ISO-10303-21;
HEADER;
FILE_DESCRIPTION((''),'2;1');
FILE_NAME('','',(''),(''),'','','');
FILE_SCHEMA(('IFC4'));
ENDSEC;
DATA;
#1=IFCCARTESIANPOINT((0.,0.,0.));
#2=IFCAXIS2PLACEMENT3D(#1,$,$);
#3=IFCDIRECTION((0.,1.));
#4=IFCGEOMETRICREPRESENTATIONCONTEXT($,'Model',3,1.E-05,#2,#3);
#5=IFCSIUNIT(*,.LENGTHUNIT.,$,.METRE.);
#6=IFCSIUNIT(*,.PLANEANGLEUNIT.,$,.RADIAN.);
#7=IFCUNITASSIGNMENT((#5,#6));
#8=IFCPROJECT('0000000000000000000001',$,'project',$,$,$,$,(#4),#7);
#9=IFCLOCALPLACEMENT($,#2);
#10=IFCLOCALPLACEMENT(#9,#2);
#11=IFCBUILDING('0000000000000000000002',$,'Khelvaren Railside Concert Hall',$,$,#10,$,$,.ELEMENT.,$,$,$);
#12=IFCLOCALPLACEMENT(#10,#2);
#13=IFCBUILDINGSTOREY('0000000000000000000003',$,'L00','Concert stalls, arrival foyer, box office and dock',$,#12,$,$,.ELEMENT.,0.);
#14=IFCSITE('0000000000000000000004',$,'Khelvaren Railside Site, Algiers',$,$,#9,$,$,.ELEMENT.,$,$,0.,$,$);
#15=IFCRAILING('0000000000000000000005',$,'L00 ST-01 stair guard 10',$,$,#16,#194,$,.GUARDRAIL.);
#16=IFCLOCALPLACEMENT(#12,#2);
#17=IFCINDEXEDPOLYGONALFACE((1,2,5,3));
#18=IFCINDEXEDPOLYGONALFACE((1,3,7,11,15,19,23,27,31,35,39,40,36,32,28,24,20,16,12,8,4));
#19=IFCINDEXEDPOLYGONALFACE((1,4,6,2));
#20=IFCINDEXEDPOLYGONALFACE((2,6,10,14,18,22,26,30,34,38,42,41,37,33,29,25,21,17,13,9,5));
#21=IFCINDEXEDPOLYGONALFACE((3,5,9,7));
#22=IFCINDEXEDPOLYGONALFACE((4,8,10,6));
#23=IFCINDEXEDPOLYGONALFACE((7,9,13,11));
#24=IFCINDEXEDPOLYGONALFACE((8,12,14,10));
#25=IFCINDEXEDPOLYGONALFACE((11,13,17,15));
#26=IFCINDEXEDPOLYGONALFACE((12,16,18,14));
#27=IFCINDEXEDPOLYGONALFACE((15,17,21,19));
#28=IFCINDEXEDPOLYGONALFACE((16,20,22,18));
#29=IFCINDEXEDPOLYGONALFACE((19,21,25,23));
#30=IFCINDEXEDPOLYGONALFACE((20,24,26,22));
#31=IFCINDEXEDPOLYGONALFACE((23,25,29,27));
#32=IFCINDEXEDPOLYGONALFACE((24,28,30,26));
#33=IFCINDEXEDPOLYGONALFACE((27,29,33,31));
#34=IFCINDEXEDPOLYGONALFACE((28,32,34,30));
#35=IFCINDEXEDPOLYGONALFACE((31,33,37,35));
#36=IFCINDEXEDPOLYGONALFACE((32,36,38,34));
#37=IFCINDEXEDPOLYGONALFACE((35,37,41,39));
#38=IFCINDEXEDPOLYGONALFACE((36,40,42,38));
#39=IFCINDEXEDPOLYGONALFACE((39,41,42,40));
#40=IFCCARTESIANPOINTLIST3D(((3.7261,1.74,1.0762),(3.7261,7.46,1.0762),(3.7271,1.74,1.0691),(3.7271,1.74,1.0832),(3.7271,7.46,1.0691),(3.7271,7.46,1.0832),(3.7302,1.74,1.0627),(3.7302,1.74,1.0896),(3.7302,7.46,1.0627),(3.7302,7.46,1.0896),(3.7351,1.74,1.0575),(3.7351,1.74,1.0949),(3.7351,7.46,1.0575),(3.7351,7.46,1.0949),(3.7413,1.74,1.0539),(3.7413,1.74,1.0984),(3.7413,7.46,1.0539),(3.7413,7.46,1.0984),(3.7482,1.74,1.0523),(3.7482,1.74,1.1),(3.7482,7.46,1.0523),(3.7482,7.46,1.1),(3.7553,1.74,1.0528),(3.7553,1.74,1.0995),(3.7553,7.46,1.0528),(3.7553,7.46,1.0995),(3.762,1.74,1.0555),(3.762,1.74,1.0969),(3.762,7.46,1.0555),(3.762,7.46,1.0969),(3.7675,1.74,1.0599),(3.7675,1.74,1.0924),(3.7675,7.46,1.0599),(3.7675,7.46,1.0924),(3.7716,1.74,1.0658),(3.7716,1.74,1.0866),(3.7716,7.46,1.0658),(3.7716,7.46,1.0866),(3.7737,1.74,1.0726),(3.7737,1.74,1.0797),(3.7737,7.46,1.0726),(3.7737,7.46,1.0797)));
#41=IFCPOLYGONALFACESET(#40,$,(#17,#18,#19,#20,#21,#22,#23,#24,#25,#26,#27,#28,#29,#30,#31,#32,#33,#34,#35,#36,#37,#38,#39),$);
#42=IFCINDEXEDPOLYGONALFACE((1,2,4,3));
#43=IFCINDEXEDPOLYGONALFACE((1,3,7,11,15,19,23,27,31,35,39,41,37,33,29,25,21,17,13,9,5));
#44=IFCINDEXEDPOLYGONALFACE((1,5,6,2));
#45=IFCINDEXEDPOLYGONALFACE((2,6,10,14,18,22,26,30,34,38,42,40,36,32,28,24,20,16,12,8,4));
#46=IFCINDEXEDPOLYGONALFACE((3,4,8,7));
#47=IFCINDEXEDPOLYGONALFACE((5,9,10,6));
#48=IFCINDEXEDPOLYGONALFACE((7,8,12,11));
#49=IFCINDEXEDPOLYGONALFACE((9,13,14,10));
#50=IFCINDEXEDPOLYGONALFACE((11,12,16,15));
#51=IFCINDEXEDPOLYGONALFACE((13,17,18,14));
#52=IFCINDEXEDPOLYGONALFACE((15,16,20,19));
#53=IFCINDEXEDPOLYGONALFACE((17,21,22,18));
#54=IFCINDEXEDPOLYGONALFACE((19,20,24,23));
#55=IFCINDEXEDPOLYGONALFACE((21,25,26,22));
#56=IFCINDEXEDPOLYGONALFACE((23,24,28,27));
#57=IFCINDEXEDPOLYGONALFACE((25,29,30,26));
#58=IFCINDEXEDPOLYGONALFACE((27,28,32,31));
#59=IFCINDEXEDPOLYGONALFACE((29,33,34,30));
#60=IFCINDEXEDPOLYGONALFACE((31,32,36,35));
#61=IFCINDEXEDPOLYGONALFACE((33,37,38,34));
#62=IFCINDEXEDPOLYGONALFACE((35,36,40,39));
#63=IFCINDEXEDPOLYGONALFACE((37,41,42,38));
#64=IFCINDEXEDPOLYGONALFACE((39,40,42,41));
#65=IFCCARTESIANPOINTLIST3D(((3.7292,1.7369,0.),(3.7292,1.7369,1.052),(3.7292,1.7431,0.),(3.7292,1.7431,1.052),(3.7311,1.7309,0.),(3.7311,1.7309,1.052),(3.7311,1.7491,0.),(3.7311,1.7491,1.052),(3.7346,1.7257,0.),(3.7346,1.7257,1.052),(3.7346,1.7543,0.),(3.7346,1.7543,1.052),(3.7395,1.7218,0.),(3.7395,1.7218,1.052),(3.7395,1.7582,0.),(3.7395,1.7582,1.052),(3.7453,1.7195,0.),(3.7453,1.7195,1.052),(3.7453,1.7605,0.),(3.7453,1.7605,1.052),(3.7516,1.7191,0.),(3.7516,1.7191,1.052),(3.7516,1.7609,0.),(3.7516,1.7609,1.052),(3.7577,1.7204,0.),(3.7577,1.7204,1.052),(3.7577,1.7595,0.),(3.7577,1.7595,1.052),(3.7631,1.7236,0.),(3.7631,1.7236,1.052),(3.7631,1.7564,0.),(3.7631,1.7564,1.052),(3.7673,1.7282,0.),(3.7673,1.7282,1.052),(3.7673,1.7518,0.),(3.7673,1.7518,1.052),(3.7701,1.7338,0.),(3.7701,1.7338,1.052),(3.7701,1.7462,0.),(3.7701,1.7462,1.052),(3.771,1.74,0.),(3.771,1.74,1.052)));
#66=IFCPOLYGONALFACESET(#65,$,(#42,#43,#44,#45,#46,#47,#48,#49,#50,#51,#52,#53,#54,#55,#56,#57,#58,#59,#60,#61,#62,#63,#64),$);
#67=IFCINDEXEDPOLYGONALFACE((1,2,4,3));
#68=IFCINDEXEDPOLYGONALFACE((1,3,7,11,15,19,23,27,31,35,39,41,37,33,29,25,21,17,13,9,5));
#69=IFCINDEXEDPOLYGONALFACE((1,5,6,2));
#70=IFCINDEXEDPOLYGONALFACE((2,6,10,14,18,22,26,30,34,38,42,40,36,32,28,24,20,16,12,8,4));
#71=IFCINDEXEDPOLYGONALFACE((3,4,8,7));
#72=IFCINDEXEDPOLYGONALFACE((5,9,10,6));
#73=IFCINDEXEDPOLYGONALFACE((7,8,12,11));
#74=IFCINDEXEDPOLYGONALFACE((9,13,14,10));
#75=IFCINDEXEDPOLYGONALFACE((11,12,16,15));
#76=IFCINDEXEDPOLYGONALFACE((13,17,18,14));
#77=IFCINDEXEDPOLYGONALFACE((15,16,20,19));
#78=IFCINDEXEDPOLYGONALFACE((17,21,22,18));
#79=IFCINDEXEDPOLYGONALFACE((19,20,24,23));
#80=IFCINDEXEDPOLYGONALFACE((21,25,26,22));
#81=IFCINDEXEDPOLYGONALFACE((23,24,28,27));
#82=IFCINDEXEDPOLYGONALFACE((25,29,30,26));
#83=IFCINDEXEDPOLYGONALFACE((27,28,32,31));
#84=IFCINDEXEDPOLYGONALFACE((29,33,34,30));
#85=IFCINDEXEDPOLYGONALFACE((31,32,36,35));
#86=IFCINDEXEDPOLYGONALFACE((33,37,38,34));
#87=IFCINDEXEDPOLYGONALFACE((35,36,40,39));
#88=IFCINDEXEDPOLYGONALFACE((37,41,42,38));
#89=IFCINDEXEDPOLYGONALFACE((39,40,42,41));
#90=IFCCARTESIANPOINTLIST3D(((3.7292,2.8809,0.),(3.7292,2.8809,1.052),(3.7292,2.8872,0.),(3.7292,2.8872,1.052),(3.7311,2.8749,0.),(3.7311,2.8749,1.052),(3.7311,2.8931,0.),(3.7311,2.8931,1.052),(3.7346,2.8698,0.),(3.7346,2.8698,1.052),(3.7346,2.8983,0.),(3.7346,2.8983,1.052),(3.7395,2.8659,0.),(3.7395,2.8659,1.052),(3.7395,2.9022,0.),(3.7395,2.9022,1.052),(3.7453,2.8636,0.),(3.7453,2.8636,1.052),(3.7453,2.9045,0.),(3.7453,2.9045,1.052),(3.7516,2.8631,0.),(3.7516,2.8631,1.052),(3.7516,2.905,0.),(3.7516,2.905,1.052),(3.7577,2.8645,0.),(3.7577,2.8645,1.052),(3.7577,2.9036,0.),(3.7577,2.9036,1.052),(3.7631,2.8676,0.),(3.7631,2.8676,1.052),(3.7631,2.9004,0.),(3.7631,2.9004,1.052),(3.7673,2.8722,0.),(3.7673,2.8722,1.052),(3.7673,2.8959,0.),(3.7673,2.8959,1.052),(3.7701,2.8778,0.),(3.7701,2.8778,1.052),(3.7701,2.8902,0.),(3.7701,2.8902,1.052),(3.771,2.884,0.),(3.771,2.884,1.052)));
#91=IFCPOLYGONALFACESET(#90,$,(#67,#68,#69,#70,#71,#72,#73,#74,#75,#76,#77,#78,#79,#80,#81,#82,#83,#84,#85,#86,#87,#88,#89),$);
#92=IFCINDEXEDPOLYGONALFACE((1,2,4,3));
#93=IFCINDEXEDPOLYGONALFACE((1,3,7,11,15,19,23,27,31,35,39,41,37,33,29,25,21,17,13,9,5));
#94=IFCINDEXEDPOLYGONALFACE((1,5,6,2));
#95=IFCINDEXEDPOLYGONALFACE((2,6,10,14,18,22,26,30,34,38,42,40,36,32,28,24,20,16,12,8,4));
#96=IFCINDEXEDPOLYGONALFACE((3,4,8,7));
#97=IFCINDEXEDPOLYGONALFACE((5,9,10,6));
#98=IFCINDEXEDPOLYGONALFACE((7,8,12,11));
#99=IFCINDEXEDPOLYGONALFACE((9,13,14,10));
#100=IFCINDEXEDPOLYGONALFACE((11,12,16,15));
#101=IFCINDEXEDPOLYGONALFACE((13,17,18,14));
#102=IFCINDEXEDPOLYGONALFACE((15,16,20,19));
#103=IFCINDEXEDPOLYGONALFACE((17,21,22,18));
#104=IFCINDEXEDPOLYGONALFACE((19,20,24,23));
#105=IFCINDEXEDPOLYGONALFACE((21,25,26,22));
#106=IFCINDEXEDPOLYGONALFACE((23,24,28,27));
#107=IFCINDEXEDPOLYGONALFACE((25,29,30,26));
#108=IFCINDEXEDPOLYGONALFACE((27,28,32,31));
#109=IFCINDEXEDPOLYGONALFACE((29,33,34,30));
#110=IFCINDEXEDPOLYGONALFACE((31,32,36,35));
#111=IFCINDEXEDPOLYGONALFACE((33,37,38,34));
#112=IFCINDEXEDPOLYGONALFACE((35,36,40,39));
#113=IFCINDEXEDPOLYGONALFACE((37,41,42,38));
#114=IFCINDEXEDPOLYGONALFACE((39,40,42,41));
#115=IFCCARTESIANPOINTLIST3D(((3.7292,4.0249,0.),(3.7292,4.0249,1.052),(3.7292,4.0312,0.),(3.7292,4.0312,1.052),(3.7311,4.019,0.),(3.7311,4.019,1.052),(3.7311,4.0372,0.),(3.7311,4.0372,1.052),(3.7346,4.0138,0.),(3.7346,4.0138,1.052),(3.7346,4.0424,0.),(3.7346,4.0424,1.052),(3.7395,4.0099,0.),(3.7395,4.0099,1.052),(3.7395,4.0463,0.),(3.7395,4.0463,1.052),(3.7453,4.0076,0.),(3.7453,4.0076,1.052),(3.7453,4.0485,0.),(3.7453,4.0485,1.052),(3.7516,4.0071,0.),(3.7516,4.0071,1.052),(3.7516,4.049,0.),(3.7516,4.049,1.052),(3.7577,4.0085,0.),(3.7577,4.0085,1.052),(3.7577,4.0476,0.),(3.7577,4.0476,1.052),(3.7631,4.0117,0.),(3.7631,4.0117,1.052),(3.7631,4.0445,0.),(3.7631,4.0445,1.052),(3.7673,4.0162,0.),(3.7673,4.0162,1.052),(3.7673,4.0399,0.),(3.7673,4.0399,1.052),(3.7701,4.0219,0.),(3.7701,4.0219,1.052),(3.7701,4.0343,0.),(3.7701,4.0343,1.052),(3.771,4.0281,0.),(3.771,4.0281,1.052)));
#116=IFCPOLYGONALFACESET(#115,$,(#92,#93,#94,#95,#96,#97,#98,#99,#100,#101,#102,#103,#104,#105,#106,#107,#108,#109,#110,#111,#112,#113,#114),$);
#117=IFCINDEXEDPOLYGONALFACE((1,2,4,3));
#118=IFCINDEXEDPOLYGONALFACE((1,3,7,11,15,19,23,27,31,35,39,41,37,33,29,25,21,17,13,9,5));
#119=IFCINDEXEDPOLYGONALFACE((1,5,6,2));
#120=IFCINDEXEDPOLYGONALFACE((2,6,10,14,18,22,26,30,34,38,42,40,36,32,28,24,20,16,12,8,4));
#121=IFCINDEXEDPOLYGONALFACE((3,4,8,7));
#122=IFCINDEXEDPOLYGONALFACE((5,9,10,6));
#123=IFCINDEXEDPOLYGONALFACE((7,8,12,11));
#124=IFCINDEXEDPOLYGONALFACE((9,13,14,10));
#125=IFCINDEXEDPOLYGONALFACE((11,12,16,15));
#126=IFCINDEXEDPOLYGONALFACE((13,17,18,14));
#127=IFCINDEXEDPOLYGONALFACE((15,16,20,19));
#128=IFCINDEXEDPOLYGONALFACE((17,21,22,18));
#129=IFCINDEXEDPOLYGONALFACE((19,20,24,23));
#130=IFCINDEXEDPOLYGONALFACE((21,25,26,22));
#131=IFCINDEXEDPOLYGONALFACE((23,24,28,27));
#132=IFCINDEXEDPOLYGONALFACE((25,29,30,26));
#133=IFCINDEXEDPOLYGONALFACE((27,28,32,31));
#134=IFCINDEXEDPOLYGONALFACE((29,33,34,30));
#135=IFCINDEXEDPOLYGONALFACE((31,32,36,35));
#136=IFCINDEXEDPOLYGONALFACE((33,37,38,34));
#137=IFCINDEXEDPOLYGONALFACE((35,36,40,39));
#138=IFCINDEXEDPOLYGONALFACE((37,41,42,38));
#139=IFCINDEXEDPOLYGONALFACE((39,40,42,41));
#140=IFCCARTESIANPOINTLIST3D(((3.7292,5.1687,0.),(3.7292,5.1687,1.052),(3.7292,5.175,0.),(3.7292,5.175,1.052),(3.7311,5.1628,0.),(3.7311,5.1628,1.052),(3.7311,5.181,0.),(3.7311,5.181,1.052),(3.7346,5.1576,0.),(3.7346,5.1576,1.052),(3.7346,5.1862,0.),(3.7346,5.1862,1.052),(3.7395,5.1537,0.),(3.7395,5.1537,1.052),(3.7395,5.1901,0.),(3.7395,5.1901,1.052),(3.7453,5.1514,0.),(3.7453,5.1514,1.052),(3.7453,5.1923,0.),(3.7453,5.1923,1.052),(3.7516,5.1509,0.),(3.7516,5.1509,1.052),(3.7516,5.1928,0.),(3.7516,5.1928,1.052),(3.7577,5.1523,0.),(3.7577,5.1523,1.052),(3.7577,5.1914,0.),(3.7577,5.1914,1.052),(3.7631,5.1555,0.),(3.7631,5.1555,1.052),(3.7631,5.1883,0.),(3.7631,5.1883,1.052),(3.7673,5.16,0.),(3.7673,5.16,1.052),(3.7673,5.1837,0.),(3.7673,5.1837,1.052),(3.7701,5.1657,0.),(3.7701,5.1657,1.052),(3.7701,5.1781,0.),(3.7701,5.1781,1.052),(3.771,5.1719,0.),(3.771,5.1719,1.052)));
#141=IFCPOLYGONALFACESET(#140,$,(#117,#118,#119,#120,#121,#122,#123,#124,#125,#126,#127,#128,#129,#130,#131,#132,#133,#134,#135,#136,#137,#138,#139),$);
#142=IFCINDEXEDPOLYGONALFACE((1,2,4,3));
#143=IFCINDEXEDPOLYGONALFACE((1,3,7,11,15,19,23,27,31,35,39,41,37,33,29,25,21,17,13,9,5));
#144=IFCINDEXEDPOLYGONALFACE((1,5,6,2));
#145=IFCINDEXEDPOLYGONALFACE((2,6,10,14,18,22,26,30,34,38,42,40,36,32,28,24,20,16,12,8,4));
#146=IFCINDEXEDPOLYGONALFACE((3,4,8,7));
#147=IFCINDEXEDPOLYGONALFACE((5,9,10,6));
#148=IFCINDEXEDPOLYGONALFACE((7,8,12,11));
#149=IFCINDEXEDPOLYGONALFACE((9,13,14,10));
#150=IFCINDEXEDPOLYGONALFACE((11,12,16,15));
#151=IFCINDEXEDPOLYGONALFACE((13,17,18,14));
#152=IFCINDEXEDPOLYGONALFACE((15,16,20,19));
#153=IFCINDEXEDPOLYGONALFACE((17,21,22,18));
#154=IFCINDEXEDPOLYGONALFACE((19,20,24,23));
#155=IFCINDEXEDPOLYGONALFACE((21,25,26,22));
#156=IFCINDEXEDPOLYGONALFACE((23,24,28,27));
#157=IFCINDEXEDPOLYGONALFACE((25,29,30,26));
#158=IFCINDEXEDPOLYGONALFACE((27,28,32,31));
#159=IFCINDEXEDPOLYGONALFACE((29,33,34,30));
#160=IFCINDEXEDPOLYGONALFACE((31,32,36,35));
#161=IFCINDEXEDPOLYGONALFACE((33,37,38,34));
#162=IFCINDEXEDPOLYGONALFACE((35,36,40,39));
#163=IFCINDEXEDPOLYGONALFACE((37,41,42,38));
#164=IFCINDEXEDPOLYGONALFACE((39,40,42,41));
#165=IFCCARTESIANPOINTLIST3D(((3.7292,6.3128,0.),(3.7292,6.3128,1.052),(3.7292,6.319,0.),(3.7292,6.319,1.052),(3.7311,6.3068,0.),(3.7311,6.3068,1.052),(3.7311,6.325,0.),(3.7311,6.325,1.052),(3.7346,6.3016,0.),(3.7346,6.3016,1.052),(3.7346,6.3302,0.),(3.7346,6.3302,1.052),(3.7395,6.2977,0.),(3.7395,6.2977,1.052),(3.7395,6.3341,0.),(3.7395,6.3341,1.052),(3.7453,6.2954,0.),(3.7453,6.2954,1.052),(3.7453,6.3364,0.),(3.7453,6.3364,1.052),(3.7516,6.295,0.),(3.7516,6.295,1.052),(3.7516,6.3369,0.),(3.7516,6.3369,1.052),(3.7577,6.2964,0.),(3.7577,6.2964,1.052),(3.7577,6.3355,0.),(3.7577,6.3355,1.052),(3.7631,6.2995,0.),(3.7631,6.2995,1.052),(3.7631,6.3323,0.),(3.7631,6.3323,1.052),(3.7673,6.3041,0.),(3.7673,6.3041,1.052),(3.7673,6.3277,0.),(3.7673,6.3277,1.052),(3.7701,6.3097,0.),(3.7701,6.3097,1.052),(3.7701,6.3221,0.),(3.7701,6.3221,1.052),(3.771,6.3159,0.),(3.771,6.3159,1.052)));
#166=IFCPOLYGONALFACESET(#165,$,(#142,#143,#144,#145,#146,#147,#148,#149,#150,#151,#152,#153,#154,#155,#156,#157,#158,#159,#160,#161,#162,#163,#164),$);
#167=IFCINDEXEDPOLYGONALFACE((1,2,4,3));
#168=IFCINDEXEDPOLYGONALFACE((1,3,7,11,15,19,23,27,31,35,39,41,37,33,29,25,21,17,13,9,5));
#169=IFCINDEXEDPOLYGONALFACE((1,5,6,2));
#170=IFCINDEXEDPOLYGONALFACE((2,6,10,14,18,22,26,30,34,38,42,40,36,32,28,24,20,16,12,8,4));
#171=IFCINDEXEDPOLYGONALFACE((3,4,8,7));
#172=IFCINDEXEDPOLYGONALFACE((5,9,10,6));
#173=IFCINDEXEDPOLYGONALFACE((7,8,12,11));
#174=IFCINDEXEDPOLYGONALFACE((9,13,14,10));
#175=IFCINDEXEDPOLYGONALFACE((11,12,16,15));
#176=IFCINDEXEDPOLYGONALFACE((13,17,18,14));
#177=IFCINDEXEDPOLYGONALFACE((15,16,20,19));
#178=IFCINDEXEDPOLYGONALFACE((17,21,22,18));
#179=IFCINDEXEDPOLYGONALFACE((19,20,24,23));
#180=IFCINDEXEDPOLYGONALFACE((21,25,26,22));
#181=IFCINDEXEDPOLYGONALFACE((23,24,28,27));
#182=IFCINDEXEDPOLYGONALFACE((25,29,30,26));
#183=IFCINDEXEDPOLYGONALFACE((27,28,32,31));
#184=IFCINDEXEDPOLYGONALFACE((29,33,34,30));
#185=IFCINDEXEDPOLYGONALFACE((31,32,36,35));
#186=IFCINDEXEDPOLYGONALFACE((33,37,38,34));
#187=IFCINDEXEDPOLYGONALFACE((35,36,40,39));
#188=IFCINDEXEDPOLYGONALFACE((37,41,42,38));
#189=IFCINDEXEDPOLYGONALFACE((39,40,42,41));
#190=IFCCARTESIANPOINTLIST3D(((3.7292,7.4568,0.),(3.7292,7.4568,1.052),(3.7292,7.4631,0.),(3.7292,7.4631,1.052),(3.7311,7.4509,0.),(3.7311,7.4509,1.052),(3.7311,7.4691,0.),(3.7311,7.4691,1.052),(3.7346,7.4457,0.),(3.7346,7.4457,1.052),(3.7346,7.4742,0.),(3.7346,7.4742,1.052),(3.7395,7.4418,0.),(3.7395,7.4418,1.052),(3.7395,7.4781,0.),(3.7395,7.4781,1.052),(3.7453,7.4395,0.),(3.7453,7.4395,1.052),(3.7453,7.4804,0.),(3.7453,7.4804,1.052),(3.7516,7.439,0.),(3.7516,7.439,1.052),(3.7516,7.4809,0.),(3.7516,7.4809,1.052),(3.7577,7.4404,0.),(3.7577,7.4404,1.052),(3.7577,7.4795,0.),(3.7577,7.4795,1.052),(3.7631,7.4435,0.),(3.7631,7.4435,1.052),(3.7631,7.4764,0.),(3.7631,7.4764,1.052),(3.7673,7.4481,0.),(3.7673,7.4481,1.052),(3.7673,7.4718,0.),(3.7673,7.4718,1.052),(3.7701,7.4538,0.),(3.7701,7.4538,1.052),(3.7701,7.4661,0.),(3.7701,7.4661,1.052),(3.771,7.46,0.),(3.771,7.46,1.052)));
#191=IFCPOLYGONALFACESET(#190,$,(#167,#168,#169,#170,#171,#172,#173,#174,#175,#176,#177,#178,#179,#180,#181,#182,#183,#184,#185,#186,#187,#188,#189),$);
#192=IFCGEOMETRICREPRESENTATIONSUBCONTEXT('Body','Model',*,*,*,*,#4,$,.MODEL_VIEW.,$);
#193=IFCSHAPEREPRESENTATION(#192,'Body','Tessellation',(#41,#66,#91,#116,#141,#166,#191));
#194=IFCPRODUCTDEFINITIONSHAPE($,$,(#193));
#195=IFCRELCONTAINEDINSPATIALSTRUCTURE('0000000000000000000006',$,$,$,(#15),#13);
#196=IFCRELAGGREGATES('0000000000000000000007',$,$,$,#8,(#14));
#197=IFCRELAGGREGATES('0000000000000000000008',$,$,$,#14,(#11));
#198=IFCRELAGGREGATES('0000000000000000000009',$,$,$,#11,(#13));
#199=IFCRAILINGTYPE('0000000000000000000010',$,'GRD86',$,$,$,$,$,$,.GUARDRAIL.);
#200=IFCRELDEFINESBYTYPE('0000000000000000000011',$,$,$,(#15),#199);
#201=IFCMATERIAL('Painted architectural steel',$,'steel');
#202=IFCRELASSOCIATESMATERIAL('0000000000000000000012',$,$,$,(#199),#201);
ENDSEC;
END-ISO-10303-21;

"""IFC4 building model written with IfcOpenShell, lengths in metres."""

from ifc_helpers import new_model, si_unit, direction, frame, origin, origin_2d, place, context, subcontext, project, spatial, circle, extrude, material, type_object, element, save


model = new_model("IFC4")

# Units and contexts
model_context = context("Model", 3, precision=1e-05, world=origin(), true_north=direction((0.0, 1.0)))
body_context = subcontext(model_context, "Body", "Model", "MODEL_VIEW")
ifc_project = project(units=[si_unit("LENGTHUNIT", "METRE"), si_unit("PLANEANGLEUNIT", "RADIAN")], contexts=[model_context])

# Site, building, storey
site_placement = place(None, origin())
site = spatial("IfcSite", under=ifc_project, at=site_placement, Name="Khelvaren Railside Site, Algiers", CompositionType="ELEMENT", RefElevation=0.0)
building_placement = place(site_placement, origin())
building = spatial("IfcBuilding", under=site, at=building_placement, Name="Khelvaren Railside Concert Hall", CompositionType="ELEMENT")
storey_placement = place(building_placement, origin())
storey = spatial("IfcBuildingStorey", under=building, at=storey_placement, Name="L00", Description="Concert stalls, arrival foyer, box office and dock", CompositionType="ELEMENT", Elevation=0.0)

# Railing
ifc_material_1 = material(Name="Painted architectural steel", Category="steel")
railing_type_1 = type_object("IfcRailingType", Name="GRD86", PredefinedType="GUARDRAIL", material=ifc_material_1)
for number, where, name in (
    (1, (3.75, 1.74, 0.0), "L00 ST-01 stair guard 10"),
):
    element("IfcRailing", number, at=place(storey_placement, frame(where)), inside=storey, type_object=railing_type_1, Name=name, PredefinedType="GUARDRAIL", context=body_context, shape_type="SweptSolid", body=[
        extrude(circle(Radius=0.0239, at=origin_2d()), frame((0.0, 0.0, 1.0762), z_axis=(0.0, 1.0, 0.0), x_axis=(-1.0, 0.0, 0.0)), (0.0, 0.0, 1.0), 5.72),
        extrude(circle(Radius=0.021, at=origin_2d()), origin(), (0.0, 0.0, 1.0), 1.052),
        extrude(circle(Radius=0.021, at=origin_2d()), frame((0.0, 1.144, 0.0)), (0.0, 0.0, 1.0), 1.052),
        extrude(circle(Radius=0.021, at=origin_2d()), frame((0.0, 2.2881, 0.0)), (0.0, 0.0, 1.0), 1.052),
        extrude(circle(Radius=0.021, at=origin_2d()), frame((0.0, 3.4319, 0.0)), (0.0, 0.0, 1.0), 1.052),
        extrude(circle(Radius=0.021, at=origin_2d()), frame((0.0, 4.5759, 0.0)), (0.0, 0.0, 1.0), 1.052),
        extrude(circle(Radius=0.021, at=origin_2d()), frame((0.0, 5.72, 0.0)), (0.0, 0.0, 1.0), 1.052),
    ])

save(model, "model.ifc")
